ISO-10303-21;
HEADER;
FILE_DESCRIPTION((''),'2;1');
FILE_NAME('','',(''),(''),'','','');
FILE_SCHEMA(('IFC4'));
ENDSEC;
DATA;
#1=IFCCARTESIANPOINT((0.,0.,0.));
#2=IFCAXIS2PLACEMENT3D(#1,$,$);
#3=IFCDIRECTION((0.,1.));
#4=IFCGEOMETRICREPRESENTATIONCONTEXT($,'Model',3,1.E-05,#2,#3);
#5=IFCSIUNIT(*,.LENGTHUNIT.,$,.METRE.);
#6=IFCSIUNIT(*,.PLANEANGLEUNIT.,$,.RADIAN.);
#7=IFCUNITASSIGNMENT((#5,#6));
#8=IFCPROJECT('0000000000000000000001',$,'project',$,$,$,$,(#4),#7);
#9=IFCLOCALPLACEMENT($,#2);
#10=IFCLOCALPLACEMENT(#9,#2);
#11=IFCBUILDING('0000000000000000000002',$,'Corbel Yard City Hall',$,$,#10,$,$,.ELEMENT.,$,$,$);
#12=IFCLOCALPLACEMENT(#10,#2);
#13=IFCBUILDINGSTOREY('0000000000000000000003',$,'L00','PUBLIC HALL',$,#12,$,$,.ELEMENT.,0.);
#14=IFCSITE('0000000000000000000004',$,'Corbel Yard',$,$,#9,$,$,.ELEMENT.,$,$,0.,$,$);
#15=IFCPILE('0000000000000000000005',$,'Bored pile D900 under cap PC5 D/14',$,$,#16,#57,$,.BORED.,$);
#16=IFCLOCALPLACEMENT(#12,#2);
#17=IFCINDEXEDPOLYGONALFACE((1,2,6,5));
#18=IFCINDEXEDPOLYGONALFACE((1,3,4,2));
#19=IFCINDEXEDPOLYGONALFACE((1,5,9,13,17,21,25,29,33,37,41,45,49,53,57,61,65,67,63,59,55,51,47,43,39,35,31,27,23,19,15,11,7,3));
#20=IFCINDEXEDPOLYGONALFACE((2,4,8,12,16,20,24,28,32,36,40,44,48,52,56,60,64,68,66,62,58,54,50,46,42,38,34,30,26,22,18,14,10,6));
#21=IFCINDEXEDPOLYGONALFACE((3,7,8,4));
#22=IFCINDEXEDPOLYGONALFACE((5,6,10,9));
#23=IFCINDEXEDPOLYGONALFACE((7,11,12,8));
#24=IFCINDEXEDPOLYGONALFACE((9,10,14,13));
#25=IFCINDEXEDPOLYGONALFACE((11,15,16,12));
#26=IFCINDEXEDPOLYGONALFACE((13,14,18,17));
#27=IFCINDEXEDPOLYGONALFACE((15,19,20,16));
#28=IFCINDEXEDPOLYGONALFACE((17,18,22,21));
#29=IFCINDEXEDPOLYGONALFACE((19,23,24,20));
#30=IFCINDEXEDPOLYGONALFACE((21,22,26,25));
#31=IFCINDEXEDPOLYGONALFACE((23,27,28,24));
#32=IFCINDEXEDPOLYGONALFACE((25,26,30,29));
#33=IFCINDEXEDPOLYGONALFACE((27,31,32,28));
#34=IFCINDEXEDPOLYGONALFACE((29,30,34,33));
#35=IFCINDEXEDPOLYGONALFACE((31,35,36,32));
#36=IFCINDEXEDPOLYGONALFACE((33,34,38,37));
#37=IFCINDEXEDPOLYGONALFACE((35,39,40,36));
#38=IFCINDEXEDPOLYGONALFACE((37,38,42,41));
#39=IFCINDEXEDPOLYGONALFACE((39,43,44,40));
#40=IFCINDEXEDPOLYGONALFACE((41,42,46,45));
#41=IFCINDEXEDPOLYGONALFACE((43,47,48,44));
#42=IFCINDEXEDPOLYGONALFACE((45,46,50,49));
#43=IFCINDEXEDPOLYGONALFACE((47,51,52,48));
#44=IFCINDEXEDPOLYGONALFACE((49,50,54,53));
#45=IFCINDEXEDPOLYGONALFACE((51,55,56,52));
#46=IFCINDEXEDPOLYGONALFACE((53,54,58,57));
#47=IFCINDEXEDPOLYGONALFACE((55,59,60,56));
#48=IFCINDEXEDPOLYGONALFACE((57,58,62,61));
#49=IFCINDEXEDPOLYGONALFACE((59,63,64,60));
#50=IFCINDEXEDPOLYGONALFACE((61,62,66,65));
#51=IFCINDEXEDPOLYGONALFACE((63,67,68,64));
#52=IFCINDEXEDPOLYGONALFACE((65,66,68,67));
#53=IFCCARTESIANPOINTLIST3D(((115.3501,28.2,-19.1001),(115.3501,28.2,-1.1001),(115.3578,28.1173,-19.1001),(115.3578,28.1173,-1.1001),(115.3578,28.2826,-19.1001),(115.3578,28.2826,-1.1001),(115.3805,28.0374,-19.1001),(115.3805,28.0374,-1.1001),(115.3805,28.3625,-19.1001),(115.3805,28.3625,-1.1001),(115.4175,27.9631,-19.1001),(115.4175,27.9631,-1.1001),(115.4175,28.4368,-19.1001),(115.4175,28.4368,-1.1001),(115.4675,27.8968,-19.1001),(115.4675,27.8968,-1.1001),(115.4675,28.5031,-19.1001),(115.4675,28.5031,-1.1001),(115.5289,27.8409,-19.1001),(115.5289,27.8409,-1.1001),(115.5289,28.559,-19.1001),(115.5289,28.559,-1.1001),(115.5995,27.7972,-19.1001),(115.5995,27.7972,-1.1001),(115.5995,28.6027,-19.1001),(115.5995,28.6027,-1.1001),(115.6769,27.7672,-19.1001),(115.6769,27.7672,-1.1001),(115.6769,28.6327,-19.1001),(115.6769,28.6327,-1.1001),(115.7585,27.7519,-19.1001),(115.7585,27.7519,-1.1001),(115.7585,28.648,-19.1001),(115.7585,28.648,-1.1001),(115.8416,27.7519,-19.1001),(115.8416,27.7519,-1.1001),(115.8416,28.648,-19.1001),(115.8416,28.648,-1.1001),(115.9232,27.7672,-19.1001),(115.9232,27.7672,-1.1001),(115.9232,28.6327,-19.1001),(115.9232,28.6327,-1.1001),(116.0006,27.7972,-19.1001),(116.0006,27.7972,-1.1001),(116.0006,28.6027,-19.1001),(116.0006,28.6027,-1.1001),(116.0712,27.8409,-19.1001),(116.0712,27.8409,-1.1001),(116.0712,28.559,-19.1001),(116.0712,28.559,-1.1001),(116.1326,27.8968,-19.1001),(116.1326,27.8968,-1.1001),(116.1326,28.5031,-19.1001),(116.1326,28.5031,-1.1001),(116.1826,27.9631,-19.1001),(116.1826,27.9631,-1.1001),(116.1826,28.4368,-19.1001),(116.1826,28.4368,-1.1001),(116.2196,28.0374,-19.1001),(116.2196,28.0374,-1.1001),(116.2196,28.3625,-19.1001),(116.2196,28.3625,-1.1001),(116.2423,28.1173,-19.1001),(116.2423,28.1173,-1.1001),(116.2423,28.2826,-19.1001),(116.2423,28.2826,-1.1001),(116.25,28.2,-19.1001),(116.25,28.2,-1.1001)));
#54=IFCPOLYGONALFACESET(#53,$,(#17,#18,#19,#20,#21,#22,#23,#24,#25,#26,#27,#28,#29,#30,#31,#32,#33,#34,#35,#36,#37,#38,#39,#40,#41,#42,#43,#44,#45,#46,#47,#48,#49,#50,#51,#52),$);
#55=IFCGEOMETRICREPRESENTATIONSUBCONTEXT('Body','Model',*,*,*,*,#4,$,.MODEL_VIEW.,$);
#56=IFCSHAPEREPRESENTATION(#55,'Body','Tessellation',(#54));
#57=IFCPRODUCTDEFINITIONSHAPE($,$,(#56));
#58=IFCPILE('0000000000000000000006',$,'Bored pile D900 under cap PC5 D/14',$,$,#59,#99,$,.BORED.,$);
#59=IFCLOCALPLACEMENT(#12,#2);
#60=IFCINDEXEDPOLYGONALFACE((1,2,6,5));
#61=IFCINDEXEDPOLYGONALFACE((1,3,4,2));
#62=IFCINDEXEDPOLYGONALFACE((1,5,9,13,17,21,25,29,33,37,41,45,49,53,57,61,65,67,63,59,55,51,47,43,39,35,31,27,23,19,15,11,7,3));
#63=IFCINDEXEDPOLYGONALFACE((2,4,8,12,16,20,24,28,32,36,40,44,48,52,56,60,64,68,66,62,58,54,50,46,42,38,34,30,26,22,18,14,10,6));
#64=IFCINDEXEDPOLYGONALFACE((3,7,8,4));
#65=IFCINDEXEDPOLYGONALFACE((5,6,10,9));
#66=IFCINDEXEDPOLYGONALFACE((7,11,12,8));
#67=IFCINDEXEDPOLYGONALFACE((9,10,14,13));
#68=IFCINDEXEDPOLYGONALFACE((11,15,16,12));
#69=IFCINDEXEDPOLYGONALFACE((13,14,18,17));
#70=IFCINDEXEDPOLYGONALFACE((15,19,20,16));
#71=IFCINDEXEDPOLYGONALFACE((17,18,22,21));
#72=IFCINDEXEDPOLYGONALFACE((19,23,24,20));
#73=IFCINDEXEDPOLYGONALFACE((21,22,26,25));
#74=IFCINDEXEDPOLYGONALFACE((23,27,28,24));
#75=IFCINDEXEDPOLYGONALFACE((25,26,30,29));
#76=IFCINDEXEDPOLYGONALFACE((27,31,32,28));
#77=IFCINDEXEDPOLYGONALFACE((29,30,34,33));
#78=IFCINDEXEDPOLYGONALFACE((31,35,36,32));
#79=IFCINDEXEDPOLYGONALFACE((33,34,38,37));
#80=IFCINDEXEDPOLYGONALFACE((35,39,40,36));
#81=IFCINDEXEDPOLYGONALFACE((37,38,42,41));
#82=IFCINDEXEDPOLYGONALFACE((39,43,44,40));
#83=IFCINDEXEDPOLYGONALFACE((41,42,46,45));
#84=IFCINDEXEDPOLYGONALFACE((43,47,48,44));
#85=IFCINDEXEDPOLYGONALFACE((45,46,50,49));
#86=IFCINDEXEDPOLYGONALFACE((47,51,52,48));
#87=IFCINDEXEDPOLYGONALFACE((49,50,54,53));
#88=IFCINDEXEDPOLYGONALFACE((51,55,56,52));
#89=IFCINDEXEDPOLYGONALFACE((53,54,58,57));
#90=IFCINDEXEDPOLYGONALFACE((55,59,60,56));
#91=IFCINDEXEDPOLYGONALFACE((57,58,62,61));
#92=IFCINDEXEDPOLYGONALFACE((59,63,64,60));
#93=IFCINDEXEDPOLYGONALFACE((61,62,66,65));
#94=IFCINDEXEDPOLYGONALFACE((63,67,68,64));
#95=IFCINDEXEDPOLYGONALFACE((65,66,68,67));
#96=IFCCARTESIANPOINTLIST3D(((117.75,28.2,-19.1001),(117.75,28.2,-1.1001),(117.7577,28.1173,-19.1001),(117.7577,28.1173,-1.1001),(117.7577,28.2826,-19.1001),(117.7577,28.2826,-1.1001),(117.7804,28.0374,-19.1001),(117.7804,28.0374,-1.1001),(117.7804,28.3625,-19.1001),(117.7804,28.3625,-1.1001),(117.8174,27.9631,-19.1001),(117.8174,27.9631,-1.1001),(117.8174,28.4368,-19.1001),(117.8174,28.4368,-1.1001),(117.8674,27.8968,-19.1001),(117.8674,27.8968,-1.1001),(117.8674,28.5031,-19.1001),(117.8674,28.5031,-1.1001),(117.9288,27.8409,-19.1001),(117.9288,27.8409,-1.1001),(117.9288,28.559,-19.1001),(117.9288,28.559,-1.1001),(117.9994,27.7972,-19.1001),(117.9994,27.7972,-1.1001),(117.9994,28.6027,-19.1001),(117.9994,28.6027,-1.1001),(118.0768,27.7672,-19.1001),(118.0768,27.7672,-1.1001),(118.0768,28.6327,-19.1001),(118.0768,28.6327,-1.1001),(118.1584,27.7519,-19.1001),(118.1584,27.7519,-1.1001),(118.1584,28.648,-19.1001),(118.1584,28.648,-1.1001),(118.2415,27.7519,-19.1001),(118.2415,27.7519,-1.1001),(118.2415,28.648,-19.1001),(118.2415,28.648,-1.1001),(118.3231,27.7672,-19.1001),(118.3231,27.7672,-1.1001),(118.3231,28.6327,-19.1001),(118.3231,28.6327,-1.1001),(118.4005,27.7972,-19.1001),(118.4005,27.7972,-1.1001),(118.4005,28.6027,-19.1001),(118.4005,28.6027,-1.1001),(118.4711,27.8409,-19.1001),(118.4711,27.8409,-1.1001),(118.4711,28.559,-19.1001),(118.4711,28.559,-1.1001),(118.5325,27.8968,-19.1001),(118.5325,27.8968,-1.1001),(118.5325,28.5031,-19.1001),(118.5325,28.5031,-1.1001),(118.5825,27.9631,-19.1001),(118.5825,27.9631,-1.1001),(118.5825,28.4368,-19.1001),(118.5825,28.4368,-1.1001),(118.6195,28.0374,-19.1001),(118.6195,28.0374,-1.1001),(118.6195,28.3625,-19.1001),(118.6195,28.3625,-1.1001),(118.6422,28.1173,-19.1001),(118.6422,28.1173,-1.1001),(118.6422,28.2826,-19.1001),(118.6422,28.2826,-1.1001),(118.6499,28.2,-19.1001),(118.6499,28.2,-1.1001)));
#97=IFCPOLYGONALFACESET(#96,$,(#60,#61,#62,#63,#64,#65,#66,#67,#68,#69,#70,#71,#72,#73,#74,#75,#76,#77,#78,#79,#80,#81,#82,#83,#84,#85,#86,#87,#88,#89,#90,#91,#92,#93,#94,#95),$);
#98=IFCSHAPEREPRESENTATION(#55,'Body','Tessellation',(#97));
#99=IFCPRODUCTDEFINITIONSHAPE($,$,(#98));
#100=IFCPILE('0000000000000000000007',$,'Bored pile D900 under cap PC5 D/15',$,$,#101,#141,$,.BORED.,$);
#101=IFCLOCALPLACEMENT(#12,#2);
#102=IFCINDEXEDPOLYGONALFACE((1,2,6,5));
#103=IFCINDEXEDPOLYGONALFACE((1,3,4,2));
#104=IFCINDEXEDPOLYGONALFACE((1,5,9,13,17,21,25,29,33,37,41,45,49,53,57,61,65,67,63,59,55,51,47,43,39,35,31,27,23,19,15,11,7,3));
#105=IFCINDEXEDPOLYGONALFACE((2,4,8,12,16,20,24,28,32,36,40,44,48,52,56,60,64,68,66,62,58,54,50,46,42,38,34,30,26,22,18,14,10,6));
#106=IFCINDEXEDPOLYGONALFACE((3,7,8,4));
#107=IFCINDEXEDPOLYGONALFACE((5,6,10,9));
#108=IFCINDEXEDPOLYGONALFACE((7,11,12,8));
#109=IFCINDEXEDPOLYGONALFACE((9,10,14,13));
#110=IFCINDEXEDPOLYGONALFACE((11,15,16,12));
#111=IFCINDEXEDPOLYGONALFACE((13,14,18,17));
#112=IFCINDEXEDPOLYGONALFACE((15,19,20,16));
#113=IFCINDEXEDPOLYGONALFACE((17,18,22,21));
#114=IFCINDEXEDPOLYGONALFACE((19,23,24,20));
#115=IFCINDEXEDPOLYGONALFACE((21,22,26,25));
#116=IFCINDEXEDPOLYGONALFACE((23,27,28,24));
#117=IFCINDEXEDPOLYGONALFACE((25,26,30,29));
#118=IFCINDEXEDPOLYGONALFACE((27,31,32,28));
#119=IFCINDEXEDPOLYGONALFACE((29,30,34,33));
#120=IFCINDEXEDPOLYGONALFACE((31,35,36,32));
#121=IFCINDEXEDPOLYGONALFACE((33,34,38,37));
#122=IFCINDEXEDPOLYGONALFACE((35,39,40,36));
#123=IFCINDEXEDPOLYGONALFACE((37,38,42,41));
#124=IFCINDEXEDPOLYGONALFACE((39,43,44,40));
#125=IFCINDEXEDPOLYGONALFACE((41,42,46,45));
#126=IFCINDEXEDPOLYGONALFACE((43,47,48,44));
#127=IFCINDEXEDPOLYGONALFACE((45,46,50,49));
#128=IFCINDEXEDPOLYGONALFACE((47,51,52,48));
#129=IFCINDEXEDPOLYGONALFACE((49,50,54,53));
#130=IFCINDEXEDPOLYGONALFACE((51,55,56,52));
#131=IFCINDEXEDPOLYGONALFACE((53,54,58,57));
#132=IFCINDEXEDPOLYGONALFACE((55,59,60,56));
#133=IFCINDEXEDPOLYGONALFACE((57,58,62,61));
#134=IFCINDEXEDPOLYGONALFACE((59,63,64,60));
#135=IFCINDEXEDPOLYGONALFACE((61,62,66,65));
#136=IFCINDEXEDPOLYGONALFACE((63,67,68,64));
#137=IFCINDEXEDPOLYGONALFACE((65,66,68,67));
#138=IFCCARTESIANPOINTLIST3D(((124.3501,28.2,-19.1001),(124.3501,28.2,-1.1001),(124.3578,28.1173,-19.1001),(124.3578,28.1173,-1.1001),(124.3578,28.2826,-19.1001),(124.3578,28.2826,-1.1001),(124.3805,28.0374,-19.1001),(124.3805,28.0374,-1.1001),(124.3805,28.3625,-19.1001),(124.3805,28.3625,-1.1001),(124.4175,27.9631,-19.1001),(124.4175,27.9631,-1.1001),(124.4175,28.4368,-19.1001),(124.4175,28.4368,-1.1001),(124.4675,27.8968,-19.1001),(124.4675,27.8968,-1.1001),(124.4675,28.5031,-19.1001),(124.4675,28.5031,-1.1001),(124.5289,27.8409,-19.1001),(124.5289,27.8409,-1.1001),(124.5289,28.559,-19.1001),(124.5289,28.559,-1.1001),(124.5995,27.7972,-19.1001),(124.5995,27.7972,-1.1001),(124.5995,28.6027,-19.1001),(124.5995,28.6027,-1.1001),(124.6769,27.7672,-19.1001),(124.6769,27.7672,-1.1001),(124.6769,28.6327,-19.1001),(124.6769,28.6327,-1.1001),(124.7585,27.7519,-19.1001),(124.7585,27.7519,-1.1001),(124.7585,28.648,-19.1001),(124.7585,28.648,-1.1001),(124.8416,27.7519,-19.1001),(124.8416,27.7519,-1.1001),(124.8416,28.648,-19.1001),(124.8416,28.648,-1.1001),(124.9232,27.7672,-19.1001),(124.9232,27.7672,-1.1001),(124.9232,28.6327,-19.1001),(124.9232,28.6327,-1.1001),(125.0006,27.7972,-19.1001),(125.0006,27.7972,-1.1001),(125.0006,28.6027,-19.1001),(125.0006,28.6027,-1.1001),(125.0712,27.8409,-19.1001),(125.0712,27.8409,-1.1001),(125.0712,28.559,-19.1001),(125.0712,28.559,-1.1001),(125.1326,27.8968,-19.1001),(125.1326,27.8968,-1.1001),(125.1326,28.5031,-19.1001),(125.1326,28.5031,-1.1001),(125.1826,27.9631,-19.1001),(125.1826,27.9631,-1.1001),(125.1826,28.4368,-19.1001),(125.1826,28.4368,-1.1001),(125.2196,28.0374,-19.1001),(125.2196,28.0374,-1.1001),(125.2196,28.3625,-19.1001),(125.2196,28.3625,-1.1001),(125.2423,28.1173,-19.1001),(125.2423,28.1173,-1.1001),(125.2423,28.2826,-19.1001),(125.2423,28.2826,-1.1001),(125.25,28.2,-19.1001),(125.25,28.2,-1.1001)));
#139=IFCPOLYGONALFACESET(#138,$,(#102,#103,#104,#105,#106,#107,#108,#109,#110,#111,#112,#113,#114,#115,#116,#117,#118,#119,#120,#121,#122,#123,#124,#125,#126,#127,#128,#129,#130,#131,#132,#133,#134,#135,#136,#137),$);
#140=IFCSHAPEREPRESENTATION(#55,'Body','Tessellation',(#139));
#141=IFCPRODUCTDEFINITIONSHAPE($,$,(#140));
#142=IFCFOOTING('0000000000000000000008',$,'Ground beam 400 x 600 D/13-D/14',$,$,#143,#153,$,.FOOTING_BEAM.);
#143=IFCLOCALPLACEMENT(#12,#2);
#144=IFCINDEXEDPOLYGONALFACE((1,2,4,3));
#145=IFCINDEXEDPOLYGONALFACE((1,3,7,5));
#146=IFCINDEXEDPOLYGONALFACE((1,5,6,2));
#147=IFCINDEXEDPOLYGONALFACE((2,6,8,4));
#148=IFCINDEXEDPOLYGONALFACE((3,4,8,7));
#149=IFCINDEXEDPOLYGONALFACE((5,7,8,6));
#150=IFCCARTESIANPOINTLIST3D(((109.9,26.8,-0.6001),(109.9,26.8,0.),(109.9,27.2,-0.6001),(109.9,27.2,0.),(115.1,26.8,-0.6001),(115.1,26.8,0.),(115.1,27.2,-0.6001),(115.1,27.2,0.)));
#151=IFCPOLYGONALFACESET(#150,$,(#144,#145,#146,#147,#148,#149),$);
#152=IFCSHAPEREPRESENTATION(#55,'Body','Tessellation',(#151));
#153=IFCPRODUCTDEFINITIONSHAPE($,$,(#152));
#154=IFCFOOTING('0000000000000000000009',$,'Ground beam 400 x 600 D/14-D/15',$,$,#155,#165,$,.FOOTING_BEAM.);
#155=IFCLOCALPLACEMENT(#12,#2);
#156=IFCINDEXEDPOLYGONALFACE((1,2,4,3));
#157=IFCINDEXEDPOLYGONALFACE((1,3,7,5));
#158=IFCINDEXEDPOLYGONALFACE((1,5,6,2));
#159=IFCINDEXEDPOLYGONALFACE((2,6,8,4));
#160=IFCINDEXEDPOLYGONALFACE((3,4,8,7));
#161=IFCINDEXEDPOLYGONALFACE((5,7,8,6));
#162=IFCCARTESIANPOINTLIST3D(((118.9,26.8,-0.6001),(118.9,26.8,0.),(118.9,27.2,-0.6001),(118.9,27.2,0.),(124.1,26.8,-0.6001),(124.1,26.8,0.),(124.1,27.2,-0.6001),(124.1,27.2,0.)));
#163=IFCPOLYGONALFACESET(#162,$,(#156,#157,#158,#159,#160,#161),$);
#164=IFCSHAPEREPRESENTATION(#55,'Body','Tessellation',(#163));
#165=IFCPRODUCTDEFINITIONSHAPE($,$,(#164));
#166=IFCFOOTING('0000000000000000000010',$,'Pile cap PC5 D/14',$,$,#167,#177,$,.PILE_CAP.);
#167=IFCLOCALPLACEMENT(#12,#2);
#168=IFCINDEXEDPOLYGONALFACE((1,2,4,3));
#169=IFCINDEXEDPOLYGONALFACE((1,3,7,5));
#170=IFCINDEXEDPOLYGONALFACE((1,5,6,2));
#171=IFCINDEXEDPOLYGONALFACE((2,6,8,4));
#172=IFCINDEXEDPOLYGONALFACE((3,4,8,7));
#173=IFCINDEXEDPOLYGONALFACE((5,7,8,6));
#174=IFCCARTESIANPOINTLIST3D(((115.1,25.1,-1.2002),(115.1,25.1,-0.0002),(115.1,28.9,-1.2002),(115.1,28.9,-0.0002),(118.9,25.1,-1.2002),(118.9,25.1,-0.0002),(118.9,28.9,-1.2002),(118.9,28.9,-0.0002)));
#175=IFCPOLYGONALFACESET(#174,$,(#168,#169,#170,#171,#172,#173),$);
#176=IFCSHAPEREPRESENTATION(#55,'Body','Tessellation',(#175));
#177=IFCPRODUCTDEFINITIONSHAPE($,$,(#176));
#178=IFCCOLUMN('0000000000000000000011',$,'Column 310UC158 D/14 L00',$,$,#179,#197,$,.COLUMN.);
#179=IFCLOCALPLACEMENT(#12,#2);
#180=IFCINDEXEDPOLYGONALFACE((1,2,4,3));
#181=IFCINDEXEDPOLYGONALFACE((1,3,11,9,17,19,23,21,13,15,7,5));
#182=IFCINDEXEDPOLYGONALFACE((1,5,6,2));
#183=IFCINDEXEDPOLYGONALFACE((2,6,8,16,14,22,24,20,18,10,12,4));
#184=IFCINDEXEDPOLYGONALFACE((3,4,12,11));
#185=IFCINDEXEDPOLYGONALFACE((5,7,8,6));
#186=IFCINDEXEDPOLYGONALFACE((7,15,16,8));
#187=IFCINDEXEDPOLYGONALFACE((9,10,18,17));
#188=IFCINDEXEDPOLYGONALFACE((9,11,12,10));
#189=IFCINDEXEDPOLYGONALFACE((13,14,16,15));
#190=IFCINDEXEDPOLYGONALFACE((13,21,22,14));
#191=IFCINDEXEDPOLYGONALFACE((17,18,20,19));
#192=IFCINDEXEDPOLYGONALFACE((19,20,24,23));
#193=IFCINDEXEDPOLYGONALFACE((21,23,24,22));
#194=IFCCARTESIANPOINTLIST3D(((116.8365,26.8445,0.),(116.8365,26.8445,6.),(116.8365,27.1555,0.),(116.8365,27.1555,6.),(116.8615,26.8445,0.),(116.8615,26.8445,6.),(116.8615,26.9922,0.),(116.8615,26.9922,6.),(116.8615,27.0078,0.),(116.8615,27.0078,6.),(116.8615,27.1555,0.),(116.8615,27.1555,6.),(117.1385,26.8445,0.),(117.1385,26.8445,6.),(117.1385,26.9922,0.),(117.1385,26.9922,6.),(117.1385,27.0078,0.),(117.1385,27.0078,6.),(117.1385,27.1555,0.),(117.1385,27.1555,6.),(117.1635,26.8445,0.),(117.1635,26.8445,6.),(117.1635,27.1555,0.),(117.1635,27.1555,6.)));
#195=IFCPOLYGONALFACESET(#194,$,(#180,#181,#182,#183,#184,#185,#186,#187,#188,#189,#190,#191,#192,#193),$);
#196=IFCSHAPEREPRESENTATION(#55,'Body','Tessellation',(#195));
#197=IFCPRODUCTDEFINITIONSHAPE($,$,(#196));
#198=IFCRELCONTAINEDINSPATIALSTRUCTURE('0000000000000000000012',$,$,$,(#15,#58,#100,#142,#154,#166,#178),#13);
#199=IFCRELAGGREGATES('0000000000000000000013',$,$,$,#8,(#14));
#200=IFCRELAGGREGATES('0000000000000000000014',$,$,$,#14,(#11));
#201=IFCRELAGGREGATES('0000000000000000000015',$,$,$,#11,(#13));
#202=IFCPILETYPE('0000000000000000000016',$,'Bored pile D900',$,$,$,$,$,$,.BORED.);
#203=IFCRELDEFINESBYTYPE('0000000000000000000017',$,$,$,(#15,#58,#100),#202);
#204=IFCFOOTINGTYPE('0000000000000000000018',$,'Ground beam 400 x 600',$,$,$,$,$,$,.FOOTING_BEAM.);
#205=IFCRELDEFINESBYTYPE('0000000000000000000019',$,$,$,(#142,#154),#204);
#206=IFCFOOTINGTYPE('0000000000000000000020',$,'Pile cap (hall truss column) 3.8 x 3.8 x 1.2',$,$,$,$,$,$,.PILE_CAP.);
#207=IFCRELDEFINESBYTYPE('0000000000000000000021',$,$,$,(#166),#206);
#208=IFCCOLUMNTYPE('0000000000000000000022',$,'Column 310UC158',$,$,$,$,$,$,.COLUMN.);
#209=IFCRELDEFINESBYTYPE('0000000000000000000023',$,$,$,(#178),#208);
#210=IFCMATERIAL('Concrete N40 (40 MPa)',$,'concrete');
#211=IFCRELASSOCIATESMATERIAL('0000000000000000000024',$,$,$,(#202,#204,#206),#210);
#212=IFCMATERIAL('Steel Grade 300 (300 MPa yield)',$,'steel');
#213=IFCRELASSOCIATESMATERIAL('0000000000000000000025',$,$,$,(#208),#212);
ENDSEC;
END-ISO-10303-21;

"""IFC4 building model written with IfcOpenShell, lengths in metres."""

from ifc_helpers import new_model, si_unit, direction, frame, origin, origin_2d, place, context, subcontext, project, spatial, rectangle, circle, i_section, extrude, material, material_profile, profile_set, type_object, element, save


model = new_model("IFC4")

# Units and contexts
model_context = context("Model", 3, precision=1e-05, world=origin(), true_north=direction((0.0, 1.0)))
body_context = subcontext(model_context, "Body", "Model", "MODEL_VIEW")
ifc_project = project(units=[si_unit("LENGTHUNIT", "METRE"), si_unit("PLANEANGLEUNIT", "RADIAN")], contexts=[model_context])

# Site, building, storey
site_placement = place(None, origin())
site = spatial("IfcSite", under=ifc_project, at=site_placement, Name="Corbel Yard", CompositionType="ELEMENT", RefElevation=0.0)
building_placement = place(site_placement, origin())
building = spatial("IfcBuilding", under=site, at=building_placement, Name="Corbel Yard City Hall", CompositionType="ELEMENT")
storey_placement = place(building_placement, origin())
storey = spatial("IfcBuildingStorey", under=building, at=storey_placement, Name="L00", Description="PUBLIC HALL", CompositionType="ELEMENT", Elevation=0.0)

# Piles
ifc_material_1 = material(Name="Concrete N40 (40 MPa)", Category="concrete")
ifc_material_profile_1 = material_profile(ifc_material_1, circle(Radius=0.45, at=origin_2d()), Name="D900")
ifc_profile_set_1 = profile_set([ifc_material_profile_1], Name="Concrete N40 (40 MPa)")
pile_type = type_object("IfcPileType", Name="Bored pile D900", PredefinedType="BORED", material=ifc_profile_set_1)
for number, where, z_axis, x_axis, name in (
    (1, (115.8, 28.2, -1.1001), (0.0, 0.0, -1.0), (1.0, 0.0, 0.0), "Bored pile D900 under cap PC5 D/14"),
    (2, (118.2, 28.2, -1.1001), (0.0, 0.0, -1.0), (1.0, 0.0, 0.0), "Bored pile D900 under cap PC5 D/14"),
    (3, (124.8, 28.2, -1.1001), (0.0, 0.0, -1.0), (1.0, 0.0, 0.0), "Bored pile D900 under cap PC5 D/15"),
):
    element("IfcPile", number, at=place(storey_placement, frame(where, z_axis=z_axis, x_axis=x_axis)), inside=storey, type_object=pile_type, Name=name, PredefinedType="BORED", context=body_context, shape_type="SweptSolid", body=[
        extrude(circle(Radius=0.45, at=origin_2d()), origin(), (0.0, 0.0, 1.0), 18.0),
    ])

# Footings
footing_type_1 = type_object("IfcFootingType", Name="Ground beam 400 x 600", PredefinedType="FOOTING_BEAM", material=ifc_material_1)
for number, where, z_axis, x_axis, name in (
    (4, (112.5, 27.0, -0.6001), (0.0, 0.0, 1.0), (1.0, 0.0, 0.0), "Ground beam 400 x 600 D/13-D/14"),
    (5, (121.5, 27.0, -0.6001), (0.0, 0.0, 1.0), (1.0, 0.0, 0.0), "Ground beam 400 x 600 D/14-D/15"),
):
    element("IfcFooting", number, at=place(storey_placement, frame(where, z_axis=z_axis, x_axis=x_axis)), inside=storey, type_object=footing_type_1, Name=name, PredefinedType="FOOTING_BEAM", context=body_context, shape_type="SweptSolid", body=[
        extrude(rectangle(XDim=5.2, YDim=0.3999, at=origin_2d()), origin(), (0.0, 0.0, 1.0), 0.6001),
    ])
footing_type_2 = type_object("IfcFootingType", Name="Pile cap (hall truss column) 3.8 x 3.8 x 1.2", PredefinedType="PILE_CAP", material=ifc_material_1)
footing_placement = place(storey_placement, frame((117.0, 27.0, -1.2002), z_axis=(0.0, 0.0, 1.0), x_axis=(1.0, 0.0, 0.0)))
element("IfcFooting", 6, at=footing_placement, inside=storey, type_object=footing_type_2, Name="Pile cap PC5 D/14", PredefinedType="PILE_CAP", context=body_context, shape_type="SweptSolid", body=[
    extrude(rectangle(XDim=3.8, YDim=3.8, at=origin_2d()), origin(), (0.0, 0.0, 1.0), 1.2),
])

# Column
ifc_material_2 = material(Name="Steel Grade 300 (300 MPa yield)", Category="steel")
ifc_material_profile_2 = material_profile(ifc_material_2, i_section(OverallWidth=0.311, OverallDepth=0.3269, WebThickness=0.0156, FlangeThickness=0.0249, at=origin_2d()), Name="310UC158")
ifc_profile_set_2 = profile_set([ifc_material_profile_2], Name="Steel Grade 300 (300 MPa yield)")
column_type = type_object("IfcColumnType", Name="Column 310UC158", PredefinedType="COLUMN", material=ifc_profile_set_2)
column_placement = place(storey_placement, frame((117.0, 27.0, 0.0), z_axis=(0.0, 0.0, 1.0), x_axis=(0.0, 1.0, 0.0)))
element("IfcColumn", 7, at=column_placement, inside=storey, type_object=column_type, Name="Column 310UC158 D/14 L00", PredefinedType="COLUMN", context=body_context, shape_type="SweptSolid", body=[
    extrude(i_section(OverallWidth=0.311, OverallDepth=0.3269, WebThickness=0.0156, FlangeThickness=0.0249, at=origin_2d()), origin(), (0.0, 0.0, 1.0), 6.0),
])

save(model, "model.ifc")
